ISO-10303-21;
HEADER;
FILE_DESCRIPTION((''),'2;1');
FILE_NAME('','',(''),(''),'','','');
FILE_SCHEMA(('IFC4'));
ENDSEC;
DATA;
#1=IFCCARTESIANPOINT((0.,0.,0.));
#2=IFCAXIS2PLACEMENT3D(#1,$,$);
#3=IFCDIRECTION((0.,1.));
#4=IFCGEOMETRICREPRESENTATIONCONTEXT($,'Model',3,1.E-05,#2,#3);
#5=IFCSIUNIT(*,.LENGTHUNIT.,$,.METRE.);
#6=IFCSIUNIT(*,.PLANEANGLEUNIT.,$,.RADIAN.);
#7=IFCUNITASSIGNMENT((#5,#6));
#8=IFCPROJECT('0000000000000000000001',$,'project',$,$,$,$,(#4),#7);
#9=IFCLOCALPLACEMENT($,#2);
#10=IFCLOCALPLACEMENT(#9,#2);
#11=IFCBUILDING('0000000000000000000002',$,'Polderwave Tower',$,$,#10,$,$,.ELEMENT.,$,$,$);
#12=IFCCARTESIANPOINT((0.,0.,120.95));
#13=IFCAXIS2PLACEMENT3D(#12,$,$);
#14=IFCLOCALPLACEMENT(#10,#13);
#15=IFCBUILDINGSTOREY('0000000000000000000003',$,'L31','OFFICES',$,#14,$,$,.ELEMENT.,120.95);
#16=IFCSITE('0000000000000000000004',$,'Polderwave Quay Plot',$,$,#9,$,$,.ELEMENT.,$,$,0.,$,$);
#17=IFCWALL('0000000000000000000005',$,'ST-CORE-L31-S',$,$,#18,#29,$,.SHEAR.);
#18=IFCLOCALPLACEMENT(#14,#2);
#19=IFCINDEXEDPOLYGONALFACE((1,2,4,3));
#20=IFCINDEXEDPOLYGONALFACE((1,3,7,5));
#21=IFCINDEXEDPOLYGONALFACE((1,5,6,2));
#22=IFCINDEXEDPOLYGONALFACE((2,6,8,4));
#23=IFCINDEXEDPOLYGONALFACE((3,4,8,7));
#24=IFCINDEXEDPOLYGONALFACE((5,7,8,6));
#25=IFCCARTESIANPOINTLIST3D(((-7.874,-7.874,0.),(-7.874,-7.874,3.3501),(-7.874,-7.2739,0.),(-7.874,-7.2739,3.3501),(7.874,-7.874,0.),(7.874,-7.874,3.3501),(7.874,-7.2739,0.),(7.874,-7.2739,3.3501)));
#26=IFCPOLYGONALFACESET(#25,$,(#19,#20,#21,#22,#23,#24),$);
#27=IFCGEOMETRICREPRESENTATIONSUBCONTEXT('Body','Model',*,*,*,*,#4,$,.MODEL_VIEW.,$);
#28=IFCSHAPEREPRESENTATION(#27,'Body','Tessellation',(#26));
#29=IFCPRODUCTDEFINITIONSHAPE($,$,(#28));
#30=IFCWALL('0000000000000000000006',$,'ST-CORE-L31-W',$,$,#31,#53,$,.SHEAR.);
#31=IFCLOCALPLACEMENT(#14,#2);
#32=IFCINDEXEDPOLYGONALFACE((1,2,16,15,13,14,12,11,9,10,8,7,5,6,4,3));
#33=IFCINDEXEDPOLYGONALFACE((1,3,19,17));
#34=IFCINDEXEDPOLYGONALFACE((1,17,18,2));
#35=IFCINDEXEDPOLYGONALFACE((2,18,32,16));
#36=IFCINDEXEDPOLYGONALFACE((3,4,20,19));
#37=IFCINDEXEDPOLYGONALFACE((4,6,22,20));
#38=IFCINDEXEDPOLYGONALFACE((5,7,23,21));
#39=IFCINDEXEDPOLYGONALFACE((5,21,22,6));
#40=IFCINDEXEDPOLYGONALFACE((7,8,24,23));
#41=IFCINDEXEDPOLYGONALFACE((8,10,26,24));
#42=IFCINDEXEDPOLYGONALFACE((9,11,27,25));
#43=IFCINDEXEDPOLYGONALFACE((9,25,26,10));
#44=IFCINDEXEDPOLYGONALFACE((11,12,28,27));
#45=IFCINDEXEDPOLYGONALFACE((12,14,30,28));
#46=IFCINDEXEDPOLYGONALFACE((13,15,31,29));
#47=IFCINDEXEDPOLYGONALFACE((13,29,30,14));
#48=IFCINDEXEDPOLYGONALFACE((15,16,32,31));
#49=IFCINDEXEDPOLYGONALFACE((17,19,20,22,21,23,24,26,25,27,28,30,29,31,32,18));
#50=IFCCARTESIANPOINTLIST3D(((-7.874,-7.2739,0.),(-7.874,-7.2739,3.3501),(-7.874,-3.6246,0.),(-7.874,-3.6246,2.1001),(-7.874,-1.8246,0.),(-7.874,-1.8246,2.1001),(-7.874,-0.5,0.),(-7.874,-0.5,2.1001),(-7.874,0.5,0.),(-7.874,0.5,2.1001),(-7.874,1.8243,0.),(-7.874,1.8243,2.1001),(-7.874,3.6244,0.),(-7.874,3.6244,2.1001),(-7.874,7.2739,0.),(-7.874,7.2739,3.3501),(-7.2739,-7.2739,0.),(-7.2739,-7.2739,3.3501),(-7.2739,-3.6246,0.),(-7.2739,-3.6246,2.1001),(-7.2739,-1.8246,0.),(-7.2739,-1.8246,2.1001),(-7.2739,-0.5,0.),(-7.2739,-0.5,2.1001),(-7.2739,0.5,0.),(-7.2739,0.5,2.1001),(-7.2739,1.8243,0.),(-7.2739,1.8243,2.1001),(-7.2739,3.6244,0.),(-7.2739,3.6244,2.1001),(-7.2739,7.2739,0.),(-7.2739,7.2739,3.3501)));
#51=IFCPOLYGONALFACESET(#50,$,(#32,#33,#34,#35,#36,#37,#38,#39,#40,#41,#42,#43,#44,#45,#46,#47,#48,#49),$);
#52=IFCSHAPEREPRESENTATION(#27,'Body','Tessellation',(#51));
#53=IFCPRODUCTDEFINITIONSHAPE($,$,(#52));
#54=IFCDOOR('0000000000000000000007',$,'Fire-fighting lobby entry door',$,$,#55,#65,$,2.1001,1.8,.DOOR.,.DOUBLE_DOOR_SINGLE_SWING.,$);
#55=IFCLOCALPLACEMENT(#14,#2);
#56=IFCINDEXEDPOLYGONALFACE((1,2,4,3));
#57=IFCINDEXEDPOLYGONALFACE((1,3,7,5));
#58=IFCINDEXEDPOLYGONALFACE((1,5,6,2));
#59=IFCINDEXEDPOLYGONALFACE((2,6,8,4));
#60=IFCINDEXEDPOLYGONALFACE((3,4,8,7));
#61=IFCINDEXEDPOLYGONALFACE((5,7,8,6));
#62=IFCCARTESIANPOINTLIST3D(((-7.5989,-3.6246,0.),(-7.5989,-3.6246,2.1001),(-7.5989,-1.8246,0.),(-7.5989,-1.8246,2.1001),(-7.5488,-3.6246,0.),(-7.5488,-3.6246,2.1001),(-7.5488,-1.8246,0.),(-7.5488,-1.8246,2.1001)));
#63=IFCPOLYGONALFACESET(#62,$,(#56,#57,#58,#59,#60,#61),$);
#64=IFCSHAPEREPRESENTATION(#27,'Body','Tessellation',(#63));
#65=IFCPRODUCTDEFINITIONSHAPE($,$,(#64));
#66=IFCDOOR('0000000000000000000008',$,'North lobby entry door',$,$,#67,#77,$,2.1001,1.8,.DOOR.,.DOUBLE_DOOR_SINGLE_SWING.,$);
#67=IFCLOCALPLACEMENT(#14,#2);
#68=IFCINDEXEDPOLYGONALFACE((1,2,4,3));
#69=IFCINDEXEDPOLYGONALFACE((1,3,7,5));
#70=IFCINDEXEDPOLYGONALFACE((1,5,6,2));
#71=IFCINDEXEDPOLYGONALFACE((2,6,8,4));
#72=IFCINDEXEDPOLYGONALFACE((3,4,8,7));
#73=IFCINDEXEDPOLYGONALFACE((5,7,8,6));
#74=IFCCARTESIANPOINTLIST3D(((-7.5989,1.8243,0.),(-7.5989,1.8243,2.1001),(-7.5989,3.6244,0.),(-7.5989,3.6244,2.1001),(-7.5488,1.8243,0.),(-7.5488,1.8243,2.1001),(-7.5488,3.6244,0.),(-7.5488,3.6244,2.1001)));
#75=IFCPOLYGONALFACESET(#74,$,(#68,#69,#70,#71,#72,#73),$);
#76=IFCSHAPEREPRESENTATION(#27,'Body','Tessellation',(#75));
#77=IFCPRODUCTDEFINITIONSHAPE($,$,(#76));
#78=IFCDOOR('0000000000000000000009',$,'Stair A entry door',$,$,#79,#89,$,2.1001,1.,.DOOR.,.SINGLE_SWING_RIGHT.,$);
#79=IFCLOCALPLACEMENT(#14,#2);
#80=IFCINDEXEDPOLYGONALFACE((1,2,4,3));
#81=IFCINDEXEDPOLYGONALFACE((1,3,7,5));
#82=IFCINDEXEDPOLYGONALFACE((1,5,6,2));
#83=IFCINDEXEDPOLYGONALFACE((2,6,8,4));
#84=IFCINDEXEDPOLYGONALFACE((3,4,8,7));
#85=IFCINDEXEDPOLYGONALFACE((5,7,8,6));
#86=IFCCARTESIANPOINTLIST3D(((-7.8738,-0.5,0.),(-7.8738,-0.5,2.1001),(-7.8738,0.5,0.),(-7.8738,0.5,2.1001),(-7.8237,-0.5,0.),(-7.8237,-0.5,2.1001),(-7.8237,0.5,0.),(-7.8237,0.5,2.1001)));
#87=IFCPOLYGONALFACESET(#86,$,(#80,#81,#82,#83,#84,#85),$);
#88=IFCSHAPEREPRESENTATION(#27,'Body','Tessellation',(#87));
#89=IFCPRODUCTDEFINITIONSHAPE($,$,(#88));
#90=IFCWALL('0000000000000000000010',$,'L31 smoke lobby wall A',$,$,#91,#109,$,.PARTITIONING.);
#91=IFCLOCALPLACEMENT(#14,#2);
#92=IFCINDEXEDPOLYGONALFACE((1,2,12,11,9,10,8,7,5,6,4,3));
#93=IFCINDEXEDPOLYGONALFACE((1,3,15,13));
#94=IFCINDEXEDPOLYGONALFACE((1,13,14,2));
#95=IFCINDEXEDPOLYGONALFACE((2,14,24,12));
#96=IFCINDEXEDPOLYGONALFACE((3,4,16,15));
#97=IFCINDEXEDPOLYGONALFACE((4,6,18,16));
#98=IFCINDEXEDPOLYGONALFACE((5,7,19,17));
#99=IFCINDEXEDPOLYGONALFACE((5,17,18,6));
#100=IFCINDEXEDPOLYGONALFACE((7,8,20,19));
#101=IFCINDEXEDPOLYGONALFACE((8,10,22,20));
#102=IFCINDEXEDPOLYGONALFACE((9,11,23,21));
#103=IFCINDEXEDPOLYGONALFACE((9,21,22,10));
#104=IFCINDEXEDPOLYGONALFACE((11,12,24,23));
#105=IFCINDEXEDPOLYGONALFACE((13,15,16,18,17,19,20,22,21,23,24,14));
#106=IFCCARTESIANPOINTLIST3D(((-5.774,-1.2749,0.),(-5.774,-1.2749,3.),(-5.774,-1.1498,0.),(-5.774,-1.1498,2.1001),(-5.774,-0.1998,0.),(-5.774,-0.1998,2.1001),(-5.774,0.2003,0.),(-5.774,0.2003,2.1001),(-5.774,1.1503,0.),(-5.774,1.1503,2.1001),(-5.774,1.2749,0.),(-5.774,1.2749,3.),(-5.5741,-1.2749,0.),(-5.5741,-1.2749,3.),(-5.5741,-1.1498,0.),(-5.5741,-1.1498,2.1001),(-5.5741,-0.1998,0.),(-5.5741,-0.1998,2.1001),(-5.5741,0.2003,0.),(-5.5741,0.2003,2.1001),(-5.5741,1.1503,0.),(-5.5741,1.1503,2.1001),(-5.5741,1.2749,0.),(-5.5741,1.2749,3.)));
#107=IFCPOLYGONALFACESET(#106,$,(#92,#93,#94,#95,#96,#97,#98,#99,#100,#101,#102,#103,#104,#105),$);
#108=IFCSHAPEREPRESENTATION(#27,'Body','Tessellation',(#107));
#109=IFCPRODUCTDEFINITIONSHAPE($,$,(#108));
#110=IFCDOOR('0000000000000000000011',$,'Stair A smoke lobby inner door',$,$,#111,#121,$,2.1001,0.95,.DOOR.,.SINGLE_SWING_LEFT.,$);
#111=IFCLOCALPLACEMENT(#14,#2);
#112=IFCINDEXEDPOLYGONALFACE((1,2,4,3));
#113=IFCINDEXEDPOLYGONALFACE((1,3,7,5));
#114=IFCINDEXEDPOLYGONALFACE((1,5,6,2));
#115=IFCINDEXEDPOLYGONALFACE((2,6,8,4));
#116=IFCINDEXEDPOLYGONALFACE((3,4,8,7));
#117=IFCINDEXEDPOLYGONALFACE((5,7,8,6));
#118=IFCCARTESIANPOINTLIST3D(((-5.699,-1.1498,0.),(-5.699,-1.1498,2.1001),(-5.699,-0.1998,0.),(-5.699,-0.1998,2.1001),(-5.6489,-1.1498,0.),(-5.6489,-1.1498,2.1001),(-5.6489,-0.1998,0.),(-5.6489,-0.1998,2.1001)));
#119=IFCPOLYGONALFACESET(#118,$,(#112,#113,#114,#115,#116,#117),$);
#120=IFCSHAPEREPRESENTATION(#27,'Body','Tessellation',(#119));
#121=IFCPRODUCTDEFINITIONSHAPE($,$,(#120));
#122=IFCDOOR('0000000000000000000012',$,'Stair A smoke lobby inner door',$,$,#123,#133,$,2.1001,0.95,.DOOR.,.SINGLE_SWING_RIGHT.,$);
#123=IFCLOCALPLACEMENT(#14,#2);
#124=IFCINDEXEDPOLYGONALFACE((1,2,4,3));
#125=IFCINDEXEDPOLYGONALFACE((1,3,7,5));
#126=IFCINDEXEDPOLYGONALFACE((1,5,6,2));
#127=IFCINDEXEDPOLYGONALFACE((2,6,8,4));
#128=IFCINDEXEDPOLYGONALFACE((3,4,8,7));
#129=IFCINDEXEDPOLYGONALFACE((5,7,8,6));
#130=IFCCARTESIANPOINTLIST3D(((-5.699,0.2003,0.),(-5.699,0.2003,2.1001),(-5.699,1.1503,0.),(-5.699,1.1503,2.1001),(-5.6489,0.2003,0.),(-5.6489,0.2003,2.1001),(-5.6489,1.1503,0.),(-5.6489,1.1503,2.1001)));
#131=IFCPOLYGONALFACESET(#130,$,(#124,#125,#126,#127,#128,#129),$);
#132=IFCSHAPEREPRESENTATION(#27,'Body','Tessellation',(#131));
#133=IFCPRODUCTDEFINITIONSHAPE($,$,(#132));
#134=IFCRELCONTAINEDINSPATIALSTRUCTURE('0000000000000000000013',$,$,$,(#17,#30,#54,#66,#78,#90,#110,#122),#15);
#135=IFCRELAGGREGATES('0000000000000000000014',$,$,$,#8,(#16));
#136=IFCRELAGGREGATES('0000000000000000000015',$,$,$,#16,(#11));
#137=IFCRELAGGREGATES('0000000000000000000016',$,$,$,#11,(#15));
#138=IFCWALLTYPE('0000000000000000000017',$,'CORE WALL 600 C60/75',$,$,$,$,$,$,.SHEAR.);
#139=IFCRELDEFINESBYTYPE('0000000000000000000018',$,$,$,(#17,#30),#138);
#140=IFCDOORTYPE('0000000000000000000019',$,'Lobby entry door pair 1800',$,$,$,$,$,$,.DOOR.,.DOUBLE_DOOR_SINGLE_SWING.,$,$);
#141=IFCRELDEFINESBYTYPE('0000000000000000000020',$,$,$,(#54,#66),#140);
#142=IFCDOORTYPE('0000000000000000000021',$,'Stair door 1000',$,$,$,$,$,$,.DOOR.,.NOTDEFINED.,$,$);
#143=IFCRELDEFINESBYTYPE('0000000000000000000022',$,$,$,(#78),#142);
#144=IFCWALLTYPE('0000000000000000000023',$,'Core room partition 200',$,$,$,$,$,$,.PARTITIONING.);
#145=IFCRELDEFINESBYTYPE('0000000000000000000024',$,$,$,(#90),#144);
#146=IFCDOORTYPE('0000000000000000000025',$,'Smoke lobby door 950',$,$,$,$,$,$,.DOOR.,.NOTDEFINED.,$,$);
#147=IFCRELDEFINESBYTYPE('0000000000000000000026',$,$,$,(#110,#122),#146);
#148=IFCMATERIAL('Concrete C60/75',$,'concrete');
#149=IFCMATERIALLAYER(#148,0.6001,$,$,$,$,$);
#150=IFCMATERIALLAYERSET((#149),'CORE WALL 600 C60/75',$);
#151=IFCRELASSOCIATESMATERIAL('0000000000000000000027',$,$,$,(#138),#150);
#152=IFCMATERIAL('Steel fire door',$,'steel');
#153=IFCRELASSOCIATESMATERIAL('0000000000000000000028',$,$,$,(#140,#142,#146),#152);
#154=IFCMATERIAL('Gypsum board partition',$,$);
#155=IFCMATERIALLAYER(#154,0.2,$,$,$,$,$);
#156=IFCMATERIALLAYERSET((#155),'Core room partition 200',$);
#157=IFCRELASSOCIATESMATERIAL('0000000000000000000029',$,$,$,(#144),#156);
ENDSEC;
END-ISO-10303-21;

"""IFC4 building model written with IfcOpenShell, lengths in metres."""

from ifc_helpers import new_model, si_unit, direction, frame, frame_2d, origin, place, context, subcontext, project, spatial, rectangle, extrude, material, layer, layer_set, type_object, element, fill, save


model = new_model("IFC4")

# Units and contexts
model_context = context("Model", 3, precision=1e-05, world=origin(), true_north=direction((0.0, 1.0)))
body_context = subcontext(model_context, "Body", "Model", "MODEL_VIEW")
ifc_project = project(units=[si_unit("LENGTHUNIT", "METRE"), si_unit("PLANEANGLEUNIT", "RADIAN")], contexts=[model_context])

# Site, building, storey
site_placement = place(None, origin())
site = spatial("IfcSite", under=ifc_project, at=site_placement, Name="Polderwave Quay Plot", CompositionType="ELEMENT", RefElevation=0.0)
building_placement = place(site_placement, origin())
building = spatial("IfcBuilding", under=site, at=building_placement, Name="Polderwave Tower", CompositionType="ELEMENT")
storey_placement = place(building_placement, frame((0.0, 0.0, 120.95)))
storey = spatial("IfcBuildingStorey", under=building, at=storey_placement, Name="L31", Description="OFFICES", CompositionType="ELEMENT", Elevation=120.95)

# Wall
ifc_material_1 = material(Name="Concrete C60/75", Category="concrete")
ifc_layer_1 = layer(ifc_material_1, 0.6001)
ifc_layer_set_1 = layer_set([ifc_layer_1], Name="CORE WALL 600 C60/75")
wall_type_1 = type_object("IfcWallType", Name="CORE WALL 600 C60/75", PredefinedType="SHEAR", material=ifc_layer_set_1)
wall_1_placement = place(storey_placement, frame((-7.874, -7.574, 0.0), z_axis=(0.0, 0.0, 1.0), x_axis=(1.0, 0.0, 0.0)))
element("IfcWall", 1, at=wall_1_placement, inside=storey, type_object=wall_type_1, Name="ST-CORE-L31-S", PredefinedType="SHEAR", context=body_context, shape_type="SweptSolid", body=[
    extrude(rectangle(XDim=15.748, YDim=0.6001, at=frame_2d((7.874, 0.0))), origin(), (0.0, 0.0, 1.0), 3.3501),
])

# Walls, openings, doors
wall_2_placement = place(storey_placement, frame((-7.574, -7.2739, 0.0), z_axis=(0.0, 0.0, 1.0), x_axis=(0.0, 1.0, 0.0)))
wall_2 = element("IfcWall", 2, at=wall_2_placement, inside=storey, type_object=wall_type_1, Name="ST-CORE-L31-W", PredefinedType="SHEAR", context=body_context, shape_type="SweptSolid", body=[
    extrude(rectangle(XDim=14.5479, YDim=0.6001, at=frame_2d((7.2739, 0.0))), origin(), (0.0, 0.0, 1.0), 3.3501),
])
opening_1_placement = place(wall_2_placement, frame((6.7739, 0.0, 0.0)))
opening_1 = element("IfcOpeningElement", 3, at=opening_1_placement, cuts=wall_2, PredefinedType="OPENING", context=body_context, shape_type="SweptSolid", body=[
    extrude(rectangle(XDim=1.0, YDim=2.1001, at=frame_2d((0.5, 1.05))), frame((0.0, 0.3101, 0.0), z_axis=(0.0, -1.0, 0.0), x_axis=(1.0, 0.0, 0.0)), (0.0, 0.0, 1.0), 0.6201),
])
opening_2_placement = place(wall_2_placement, frame((3.6494, 0.0, 0.0)))
opening_2 = element("IfcOpeningElement", 4, at=opening_2_placement, cuts=wall_2, PredefinedType="OPENING", context=body_context, shape_type="SweptSolid", body=[
    extrude(rectangle(XDim=1.8, YDim=2.1001, at=frame_2d((0.8999, 1.05))), frame((0.0, 0.3101, 0.0), z_axis=(0.0, -1.0, 0.0), x_axis=(1.0, 0.0, 0.0)), (0.0, 0.0, 1.0), 0.6201),
])
opening_3_placement = place(wall_2_placement, frame((9.0984, 0.0, 0.0)))
opening_3 = element("IfcOpeningElement", 5, at=opening_3_placement, cuts=wall_2, PredefinedType="OPENING", context=body_context, shape_type="SweptSolid", body=[
    extrude(rectangle(XDim=1.8, YDim=2.1001, at=frame_2d((0.8999, 1.05))), frame((0.0, 0.3101, 0.0), z_axis=(0.0, -1.0, 0.0), x_axis=(1.0, 0.0, 0.0)), (0.0, 0.0, 1.0), 0.6201),
])
ifc_material_2 = material(Name="Steel fire door", Category="steel")
door_type_1 = type_object("IfcDoorType", Name="Lobby entry door pair 1800", OperationType="DOUBLE_DOOR_SINGLE_SWING", PredefinedType="DOOR", material=ifc_material_2)
door_1_placement = place(opening_2_placement, origin())
door_1 = element("IfcDoor", 6, at=door_1_placement, inside=storey, type_object=door_type_1, Name="Fire-fighting lobby entry door", OperationType="DOUBLE_DOOR_SINGLE_SWING", OverallHeight=2.1001, OverallWidth=1.8, PredefinedType="DOOR", context=body_context, shape_type="SweptSolid", body=[
    extrude(rectangle(XDim=1.8, YDim=2.1001, at=frame_2d((0.8999, 1.05))), frame((0.0, 0.0249, 0.0), z_axis=(0.0, -1.0, 0.0), x_axis=(1.0, 0.0, 0.0)), (0.0, 0.0, 1.0), 0.05),
])
fill(opening_2, door_1)
door_2_placement = place(opening_3_placement, origin())
door_2 = element("IfcDoor", 7, at=door_2_placement, inside=storey, type_object=door_type_1, Name="North lobby entry door", OperationType="DOUBLE_DOOR_SINGLE_SWING", OverallHeight=2.1001, OverallWidth=1.8, PredefinedType="DOOR", context=body_context, shape_type="SweptSolid", body=[
    extrude(rectangle(XDim=1.8, YDim=2.1001, at=frame_2d((0.8999, 1.05))), frame((0.0, 0.0249, 0.0), z_axis=(0.0, -1.0, 0.0), x_axis=(1.0, 0.0, 0.0)), (0.0, 0.0, 1.0), 0.05),
])
fill(opening_3, door_2)
door_type_2 = type_object("IfcDoorType", Name="Stair door 1000", OperationType="NOTDEFINED", PredefinedType="DOOR", material=ifc_material_2)
door_3_placement = place(opening_1_placement, origin())
door_3 = element("IfcDoor", 8, at=door_3_placement, inside=storey, type_object=door_type_2, Name="Stair A entry door", OperationType="SINGLE_SWING_RIGHT", OverallHeight=2.1001, OverallWidth=1.0, PredefinedType="DOOR", context=body_context, shape_type="SweptSolid", body=[
    extrude(rectangle(XDim=1.0, YDim=2.1001, at=frame_2d((0.5, 1.05))), frame((0.0, 0.2998, 0.0), z_axis=(0.0, -1.0, 0.0), x_axis=(1.0, 0.0, 0.0)), (0.0, 0.0, 1.0), 0.05),
])
fill(opening_1, door_3)
ifc_material_3 = material(Name="Gypsum board partition")
ifc_layer_2 = layer(ifc_material_3, 0.2)
ifc_layer_set_2 = layer_set([ifc_layer_2], Name="Core room partition 200")
wall_type_2 = type_object("IfcWallType", Name="Core room partition 200", PredefinedType="PARTITIONING", material=ifc_layer_set_2)
wall_3_placement = place(storey_placement, frame((-5.6741, -1.2749, 0.0), z_axis=(0.0, 0.0, 1.0), x_axis=(0.0, 1.0, 0.0)))
wall_3 = element("IfcWall", 9, at=wall_3_placement, inside=storey, type_object=wall_type_2, Name="L31 smoke lobby wall A", PredefinedType="PARTITIONING", context=body_context, shape_type="SweptSolid", body=[
    extrude(rectangle(XDim=2.5498, YDim=0.2, at=frame_2d((1.2749, 0.0))), origin(), (0.0, 0.0, 1.0), 3.0),
])
opening_4_placement = place(wall_3_placement, frame((0.125, 0.0, 0.0)))
opening_4 = element("IfcOpeningElement", 10, at=opening_4_placement, cuts=wall_3, PredefinedType="OPENING", context=body_context, shape_type="SweptSolid", body=[
    extrude(rectangle(XDim=0.95, YDim=2.1001, at=frame_2d((0.4751, 1.05))), frame((0.0, 0.1099, 0.0), z_axis=(0.0, -1.0, 0.0), x_axis=(1.0, 0.0, 0.0)), (0.0, 0.0, 1.0), 0.22),
])
opening_5_placement = place(wall_3_placement, frame((1.4751, 0.0, 0.0)))
opening_5 = element("IfcOpeningElement", 11, at=opening_5_placement, cuts=wall_3, PredefinedType="OPENING", context=body_context, shape_type="SweptSolid", body=[
    extrude(rectangle(XDim=0.95, YDim=2.1001, at=frame_2d((0.4751, 1.05))), frame((0.0, 0.1099, 0.0), z_axis=(0.0, -1.0, 0.0), x_axis=(1.0, 0.0, 0.0)), (0.0, 0.0, 1.0), 0.22),
])
door_type_3 = type_object("IfcDoorType", Name="Smoke lobby door 950", OperationType="NOTDEFINED", PredefinedType="DOOR", material=ifc_material_2)
door_4_placement = place(opening_4_placement, origin())
door_4 = element("IfcDoor", 12, at=door_4_placement, inside=storey, type_object=door_type_3, Name="Stair A smoke lobby inner door", OperationType="SINGLE_SWING_LEFT", OverallHeight=2.1001, OverallWidth=0.95, PredefinedType="DOOR", context=body_context, shape_type="SweptSolid", body=[
    extrude(rectangle(XDim=0.95, YDim=2.1001, at=frame_2d((0.4751, 1.05))), frame((0.0, 0.0249, 0.0), z_axis=(0.0, -1.0, 0.0), x_axis=(1.0, 0.0, 0.0)), (0.0, 0.0, 1.0), 0.05),
])
fill(opening_4, door_4)
door_5_placement = place(opening_5_placement, origin())
door_5 = element("IfcDoor", 13, at=door_5_placement, inside=storey, type_object=door_type_3, Name="Stair A smoke lobby inner door", OperationType="SINGLE_SWING_RIGHT", OverallHeight=2.1001, OverallWidth=0.95, PredefinedType="DOOR", context=body_context, shape_type="SweptSolid", body=[
    extrude(rectangle(XDim=0.95, YDim=2.1001, at=frame_2d((0.4751, 1.05))), frame((0.0, 0.0249, 0.0), z_axis=(0.0, -1.0, 0.0), x_axis=(1.0, 0.0, 0.0)), (0.0, 0.0, 1.0), 0.05),
])
fill(opening_5, door_5)

save(model, "model.ifc")
